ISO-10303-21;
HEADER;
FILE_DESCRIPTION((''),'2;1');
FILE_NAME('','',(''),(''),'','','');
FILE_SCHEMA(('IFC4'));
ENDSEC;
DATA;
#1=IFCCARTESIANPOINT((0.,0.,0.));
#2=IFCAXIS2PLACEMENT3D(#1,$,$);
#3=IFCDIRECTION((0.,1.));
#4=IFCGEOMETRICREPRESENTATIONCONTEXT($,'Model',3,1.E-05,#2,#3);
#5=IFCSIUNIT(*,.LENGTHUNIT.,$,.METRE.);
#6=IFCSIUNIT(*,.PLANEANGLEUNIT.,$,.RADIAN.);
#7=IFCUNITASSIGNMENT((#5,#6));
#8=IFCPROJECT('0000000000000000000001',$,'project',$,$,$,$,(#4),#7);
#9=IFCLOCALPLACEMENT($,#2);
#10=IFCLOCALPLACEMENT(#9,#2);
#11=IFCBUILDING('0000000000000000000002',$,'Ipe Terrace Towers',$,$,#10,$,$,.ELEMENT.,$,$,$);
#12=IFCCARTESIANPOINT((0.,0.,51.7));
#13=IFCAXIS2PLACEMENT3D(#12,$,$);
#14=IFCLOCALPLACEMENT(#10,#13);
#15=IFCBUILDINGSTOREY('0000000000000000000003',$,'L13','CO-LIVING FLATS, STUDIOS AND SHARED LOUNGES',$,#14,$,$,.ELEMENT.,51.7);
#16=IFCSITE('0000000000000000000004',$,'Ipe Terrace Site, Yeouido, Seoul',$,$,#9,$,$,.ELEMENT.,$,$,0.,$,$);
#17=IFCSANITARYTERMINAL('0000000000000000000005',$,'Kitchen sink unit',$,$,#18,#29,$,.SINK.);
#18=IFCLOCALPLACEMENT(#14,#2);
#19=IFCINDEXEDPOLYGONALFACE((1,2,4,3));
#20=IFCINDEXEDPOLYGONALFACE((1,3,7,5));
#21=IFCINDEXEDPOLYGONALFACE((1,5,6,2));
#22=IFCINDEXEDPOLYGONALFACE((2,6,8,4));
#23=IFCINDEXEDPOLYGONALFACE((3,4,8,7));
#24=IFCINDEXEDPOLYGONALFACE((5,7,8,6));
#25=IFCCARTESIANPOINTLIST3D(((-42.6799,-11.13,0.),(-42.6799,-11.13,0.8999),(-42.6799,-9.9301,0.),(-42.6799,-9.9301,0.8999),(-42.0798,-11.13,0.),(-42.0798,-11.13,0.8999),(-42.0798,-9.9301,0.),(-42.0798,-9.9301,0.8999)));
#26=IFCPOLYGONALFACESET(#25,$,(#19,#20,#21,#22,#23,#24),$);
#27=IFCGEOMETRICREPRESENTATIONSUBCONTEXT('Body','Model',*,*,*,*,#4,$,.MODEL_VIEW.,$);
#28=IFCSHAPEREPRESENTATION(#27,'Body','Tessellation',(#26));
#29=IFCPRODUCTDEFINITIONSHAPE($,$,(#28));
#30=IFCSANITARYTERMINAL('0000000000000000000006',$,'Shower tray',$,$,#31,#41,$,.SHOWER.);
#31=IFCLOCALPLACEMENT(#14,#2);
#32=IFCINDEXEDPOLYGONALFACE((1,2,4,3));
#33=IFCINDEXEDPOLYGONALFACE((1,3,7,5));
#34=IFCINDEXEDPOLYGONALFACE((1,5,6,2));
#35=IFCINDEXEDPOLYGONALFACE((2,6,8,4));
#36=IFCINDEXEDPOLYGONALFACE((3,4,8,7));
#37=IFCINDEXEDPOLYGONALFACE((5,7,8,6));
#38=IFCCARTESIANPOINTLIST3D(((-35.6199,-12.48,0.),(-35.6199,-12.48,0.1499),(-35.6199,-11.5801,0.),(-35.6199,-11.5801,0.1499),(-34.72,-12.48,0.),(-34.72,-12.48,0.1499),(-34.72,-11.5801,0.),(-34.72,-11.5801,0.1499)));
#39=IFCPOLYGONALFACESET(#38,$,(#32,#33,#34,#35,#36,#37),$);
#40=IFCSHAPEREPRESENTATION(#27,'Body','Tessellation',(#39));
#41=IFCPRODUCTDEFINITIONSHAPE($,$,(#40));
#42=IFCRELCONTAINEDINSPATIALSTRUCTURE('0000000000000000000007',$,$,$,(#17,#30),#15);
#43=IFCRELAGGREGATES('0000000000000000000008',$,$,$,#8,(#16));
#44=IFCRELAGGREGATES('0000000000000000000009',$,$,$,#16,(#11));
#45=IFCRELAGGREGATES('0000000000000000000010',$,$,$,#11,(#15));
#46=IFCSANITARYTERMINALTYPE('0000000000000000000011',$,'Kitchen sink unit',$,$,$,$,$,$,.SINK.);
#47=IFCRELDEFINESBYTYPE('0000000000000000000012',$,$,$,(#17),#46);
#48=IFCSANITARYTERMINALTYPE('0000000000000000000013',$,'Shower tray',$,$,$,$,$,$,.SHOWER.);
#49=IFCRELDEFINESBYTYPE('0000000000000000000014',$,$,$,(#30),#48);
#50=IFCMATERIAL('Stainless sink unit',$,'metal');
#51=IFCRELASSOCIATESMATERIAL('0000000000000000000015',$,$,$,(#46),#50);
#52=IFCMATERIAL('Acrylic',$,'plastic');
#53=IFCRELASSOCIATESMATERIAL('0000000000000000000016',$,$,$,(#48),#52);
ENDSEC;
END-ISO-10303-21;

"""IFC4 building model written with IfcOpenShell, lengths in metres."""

from ifc_helpers import new_model, si_unit, direction, frame, origin, origin_2d, place, context, subcontext, project, spatial, rectangle, extrude, material, type_object, element, save


model = new_model("IFC4")

# Units and contexts
model_context = context("Model", 3, precision=1e-05, world=origin(), true_north=direction((0.0, 1.0)))
body_context = subcontext(model_context, "Body", "Model", "MODEL_VIEW")
ifc_project = project(units=[si_unit("LENGTHUNIT", "METRE"), si_unit("PLANEANGLEUNIT", "RADIAN")], contexts=[model_context])

# Site, building, storey
site_placement = place(None, origin())
site = spatial("IfcSite", under=ifc_project, at=site_placement, Name="Ipe Terrace Site, Yeouido, Seoul", CompositionType="ELEMENT", RefElevation=0.0)
building_placement = place(site_placement, origin())
building = spatial("IfcBuilding", under=site, at=building_placement, Name="Ipe Terrace Towers", CompositionType="ELEMENT")
storey_placement = place(building_placement, frame((0.0, 0.0, 51.7)))
storey = spatial("IfcBuildingStorey", under=building, at=storey_placement, Name="L13", Description="CO-LIVING FLATS, STUDIOS AND SHARED LOUNGES", CompositionType="ELEMENT", Elevation=51.7)

# Sanitary terminals
ifc_material_1 = material(Name="Stainless sink unit", Category="metal")
sanitary_terminal_type_1 = type_object("IfcSanitaryTerminalType", Name="Kitchen sink unit", PredefinedType="SINK", material=ifc_material_1)
sanitary_terminal_1_placement = place(storey_placement, frame((-42.3799, -10.53, 0.0), z_axis=(0.0, 0.0, 1.0), x_axis=(0.0, 1.0, 0.0)))
element("IfcSanitaryTerminal", 1, at=sanitary_terminal_1_placement, inside=storey, type_object=sanitary_terminal_type_1, Name="Kitchen sink unit", PredefinedType="SINK", context=body_context, shape_type="SweptSolid", body=[
    extrude(rectangle(XDim=1.2, YDim=0.6001, at=origin_2d()), origin(), (0.0, 0.0, 1.0), 0.8999),
])
ifc_material_2 = material(Name="Acrylic", Category="plastic")
sanitary_terminal_type_2 = type_object("IfcSanitaryTerminalType", Name="Shower tray", PredefinedType="SHOWER", material=ifc_material_2)
sanitary_terminal_2_placement = place(storey_placement, frame((-35.1699, -12.03, 0.0), z_axis=(0.0, 0.0, 1.0), x_axis=(-1.0, 0.0, 0.0)))
element("IfcSanitaryTerminal", 2, at=sanitary_terminal_2_placement, inside=storey, type_object=sanitary_terminal_type_2, Name="Shower tray", PredefinedType="SHOWER", context=body_context, shape_type="SweptSolid", body=[
    extrude(rectangle(XDim=0.8999, YDim=0.8999, at=origin_2d()), origin(), (0.0, 0.0, 1.0), 0.1499),
])

save(model, "model.ifc")
